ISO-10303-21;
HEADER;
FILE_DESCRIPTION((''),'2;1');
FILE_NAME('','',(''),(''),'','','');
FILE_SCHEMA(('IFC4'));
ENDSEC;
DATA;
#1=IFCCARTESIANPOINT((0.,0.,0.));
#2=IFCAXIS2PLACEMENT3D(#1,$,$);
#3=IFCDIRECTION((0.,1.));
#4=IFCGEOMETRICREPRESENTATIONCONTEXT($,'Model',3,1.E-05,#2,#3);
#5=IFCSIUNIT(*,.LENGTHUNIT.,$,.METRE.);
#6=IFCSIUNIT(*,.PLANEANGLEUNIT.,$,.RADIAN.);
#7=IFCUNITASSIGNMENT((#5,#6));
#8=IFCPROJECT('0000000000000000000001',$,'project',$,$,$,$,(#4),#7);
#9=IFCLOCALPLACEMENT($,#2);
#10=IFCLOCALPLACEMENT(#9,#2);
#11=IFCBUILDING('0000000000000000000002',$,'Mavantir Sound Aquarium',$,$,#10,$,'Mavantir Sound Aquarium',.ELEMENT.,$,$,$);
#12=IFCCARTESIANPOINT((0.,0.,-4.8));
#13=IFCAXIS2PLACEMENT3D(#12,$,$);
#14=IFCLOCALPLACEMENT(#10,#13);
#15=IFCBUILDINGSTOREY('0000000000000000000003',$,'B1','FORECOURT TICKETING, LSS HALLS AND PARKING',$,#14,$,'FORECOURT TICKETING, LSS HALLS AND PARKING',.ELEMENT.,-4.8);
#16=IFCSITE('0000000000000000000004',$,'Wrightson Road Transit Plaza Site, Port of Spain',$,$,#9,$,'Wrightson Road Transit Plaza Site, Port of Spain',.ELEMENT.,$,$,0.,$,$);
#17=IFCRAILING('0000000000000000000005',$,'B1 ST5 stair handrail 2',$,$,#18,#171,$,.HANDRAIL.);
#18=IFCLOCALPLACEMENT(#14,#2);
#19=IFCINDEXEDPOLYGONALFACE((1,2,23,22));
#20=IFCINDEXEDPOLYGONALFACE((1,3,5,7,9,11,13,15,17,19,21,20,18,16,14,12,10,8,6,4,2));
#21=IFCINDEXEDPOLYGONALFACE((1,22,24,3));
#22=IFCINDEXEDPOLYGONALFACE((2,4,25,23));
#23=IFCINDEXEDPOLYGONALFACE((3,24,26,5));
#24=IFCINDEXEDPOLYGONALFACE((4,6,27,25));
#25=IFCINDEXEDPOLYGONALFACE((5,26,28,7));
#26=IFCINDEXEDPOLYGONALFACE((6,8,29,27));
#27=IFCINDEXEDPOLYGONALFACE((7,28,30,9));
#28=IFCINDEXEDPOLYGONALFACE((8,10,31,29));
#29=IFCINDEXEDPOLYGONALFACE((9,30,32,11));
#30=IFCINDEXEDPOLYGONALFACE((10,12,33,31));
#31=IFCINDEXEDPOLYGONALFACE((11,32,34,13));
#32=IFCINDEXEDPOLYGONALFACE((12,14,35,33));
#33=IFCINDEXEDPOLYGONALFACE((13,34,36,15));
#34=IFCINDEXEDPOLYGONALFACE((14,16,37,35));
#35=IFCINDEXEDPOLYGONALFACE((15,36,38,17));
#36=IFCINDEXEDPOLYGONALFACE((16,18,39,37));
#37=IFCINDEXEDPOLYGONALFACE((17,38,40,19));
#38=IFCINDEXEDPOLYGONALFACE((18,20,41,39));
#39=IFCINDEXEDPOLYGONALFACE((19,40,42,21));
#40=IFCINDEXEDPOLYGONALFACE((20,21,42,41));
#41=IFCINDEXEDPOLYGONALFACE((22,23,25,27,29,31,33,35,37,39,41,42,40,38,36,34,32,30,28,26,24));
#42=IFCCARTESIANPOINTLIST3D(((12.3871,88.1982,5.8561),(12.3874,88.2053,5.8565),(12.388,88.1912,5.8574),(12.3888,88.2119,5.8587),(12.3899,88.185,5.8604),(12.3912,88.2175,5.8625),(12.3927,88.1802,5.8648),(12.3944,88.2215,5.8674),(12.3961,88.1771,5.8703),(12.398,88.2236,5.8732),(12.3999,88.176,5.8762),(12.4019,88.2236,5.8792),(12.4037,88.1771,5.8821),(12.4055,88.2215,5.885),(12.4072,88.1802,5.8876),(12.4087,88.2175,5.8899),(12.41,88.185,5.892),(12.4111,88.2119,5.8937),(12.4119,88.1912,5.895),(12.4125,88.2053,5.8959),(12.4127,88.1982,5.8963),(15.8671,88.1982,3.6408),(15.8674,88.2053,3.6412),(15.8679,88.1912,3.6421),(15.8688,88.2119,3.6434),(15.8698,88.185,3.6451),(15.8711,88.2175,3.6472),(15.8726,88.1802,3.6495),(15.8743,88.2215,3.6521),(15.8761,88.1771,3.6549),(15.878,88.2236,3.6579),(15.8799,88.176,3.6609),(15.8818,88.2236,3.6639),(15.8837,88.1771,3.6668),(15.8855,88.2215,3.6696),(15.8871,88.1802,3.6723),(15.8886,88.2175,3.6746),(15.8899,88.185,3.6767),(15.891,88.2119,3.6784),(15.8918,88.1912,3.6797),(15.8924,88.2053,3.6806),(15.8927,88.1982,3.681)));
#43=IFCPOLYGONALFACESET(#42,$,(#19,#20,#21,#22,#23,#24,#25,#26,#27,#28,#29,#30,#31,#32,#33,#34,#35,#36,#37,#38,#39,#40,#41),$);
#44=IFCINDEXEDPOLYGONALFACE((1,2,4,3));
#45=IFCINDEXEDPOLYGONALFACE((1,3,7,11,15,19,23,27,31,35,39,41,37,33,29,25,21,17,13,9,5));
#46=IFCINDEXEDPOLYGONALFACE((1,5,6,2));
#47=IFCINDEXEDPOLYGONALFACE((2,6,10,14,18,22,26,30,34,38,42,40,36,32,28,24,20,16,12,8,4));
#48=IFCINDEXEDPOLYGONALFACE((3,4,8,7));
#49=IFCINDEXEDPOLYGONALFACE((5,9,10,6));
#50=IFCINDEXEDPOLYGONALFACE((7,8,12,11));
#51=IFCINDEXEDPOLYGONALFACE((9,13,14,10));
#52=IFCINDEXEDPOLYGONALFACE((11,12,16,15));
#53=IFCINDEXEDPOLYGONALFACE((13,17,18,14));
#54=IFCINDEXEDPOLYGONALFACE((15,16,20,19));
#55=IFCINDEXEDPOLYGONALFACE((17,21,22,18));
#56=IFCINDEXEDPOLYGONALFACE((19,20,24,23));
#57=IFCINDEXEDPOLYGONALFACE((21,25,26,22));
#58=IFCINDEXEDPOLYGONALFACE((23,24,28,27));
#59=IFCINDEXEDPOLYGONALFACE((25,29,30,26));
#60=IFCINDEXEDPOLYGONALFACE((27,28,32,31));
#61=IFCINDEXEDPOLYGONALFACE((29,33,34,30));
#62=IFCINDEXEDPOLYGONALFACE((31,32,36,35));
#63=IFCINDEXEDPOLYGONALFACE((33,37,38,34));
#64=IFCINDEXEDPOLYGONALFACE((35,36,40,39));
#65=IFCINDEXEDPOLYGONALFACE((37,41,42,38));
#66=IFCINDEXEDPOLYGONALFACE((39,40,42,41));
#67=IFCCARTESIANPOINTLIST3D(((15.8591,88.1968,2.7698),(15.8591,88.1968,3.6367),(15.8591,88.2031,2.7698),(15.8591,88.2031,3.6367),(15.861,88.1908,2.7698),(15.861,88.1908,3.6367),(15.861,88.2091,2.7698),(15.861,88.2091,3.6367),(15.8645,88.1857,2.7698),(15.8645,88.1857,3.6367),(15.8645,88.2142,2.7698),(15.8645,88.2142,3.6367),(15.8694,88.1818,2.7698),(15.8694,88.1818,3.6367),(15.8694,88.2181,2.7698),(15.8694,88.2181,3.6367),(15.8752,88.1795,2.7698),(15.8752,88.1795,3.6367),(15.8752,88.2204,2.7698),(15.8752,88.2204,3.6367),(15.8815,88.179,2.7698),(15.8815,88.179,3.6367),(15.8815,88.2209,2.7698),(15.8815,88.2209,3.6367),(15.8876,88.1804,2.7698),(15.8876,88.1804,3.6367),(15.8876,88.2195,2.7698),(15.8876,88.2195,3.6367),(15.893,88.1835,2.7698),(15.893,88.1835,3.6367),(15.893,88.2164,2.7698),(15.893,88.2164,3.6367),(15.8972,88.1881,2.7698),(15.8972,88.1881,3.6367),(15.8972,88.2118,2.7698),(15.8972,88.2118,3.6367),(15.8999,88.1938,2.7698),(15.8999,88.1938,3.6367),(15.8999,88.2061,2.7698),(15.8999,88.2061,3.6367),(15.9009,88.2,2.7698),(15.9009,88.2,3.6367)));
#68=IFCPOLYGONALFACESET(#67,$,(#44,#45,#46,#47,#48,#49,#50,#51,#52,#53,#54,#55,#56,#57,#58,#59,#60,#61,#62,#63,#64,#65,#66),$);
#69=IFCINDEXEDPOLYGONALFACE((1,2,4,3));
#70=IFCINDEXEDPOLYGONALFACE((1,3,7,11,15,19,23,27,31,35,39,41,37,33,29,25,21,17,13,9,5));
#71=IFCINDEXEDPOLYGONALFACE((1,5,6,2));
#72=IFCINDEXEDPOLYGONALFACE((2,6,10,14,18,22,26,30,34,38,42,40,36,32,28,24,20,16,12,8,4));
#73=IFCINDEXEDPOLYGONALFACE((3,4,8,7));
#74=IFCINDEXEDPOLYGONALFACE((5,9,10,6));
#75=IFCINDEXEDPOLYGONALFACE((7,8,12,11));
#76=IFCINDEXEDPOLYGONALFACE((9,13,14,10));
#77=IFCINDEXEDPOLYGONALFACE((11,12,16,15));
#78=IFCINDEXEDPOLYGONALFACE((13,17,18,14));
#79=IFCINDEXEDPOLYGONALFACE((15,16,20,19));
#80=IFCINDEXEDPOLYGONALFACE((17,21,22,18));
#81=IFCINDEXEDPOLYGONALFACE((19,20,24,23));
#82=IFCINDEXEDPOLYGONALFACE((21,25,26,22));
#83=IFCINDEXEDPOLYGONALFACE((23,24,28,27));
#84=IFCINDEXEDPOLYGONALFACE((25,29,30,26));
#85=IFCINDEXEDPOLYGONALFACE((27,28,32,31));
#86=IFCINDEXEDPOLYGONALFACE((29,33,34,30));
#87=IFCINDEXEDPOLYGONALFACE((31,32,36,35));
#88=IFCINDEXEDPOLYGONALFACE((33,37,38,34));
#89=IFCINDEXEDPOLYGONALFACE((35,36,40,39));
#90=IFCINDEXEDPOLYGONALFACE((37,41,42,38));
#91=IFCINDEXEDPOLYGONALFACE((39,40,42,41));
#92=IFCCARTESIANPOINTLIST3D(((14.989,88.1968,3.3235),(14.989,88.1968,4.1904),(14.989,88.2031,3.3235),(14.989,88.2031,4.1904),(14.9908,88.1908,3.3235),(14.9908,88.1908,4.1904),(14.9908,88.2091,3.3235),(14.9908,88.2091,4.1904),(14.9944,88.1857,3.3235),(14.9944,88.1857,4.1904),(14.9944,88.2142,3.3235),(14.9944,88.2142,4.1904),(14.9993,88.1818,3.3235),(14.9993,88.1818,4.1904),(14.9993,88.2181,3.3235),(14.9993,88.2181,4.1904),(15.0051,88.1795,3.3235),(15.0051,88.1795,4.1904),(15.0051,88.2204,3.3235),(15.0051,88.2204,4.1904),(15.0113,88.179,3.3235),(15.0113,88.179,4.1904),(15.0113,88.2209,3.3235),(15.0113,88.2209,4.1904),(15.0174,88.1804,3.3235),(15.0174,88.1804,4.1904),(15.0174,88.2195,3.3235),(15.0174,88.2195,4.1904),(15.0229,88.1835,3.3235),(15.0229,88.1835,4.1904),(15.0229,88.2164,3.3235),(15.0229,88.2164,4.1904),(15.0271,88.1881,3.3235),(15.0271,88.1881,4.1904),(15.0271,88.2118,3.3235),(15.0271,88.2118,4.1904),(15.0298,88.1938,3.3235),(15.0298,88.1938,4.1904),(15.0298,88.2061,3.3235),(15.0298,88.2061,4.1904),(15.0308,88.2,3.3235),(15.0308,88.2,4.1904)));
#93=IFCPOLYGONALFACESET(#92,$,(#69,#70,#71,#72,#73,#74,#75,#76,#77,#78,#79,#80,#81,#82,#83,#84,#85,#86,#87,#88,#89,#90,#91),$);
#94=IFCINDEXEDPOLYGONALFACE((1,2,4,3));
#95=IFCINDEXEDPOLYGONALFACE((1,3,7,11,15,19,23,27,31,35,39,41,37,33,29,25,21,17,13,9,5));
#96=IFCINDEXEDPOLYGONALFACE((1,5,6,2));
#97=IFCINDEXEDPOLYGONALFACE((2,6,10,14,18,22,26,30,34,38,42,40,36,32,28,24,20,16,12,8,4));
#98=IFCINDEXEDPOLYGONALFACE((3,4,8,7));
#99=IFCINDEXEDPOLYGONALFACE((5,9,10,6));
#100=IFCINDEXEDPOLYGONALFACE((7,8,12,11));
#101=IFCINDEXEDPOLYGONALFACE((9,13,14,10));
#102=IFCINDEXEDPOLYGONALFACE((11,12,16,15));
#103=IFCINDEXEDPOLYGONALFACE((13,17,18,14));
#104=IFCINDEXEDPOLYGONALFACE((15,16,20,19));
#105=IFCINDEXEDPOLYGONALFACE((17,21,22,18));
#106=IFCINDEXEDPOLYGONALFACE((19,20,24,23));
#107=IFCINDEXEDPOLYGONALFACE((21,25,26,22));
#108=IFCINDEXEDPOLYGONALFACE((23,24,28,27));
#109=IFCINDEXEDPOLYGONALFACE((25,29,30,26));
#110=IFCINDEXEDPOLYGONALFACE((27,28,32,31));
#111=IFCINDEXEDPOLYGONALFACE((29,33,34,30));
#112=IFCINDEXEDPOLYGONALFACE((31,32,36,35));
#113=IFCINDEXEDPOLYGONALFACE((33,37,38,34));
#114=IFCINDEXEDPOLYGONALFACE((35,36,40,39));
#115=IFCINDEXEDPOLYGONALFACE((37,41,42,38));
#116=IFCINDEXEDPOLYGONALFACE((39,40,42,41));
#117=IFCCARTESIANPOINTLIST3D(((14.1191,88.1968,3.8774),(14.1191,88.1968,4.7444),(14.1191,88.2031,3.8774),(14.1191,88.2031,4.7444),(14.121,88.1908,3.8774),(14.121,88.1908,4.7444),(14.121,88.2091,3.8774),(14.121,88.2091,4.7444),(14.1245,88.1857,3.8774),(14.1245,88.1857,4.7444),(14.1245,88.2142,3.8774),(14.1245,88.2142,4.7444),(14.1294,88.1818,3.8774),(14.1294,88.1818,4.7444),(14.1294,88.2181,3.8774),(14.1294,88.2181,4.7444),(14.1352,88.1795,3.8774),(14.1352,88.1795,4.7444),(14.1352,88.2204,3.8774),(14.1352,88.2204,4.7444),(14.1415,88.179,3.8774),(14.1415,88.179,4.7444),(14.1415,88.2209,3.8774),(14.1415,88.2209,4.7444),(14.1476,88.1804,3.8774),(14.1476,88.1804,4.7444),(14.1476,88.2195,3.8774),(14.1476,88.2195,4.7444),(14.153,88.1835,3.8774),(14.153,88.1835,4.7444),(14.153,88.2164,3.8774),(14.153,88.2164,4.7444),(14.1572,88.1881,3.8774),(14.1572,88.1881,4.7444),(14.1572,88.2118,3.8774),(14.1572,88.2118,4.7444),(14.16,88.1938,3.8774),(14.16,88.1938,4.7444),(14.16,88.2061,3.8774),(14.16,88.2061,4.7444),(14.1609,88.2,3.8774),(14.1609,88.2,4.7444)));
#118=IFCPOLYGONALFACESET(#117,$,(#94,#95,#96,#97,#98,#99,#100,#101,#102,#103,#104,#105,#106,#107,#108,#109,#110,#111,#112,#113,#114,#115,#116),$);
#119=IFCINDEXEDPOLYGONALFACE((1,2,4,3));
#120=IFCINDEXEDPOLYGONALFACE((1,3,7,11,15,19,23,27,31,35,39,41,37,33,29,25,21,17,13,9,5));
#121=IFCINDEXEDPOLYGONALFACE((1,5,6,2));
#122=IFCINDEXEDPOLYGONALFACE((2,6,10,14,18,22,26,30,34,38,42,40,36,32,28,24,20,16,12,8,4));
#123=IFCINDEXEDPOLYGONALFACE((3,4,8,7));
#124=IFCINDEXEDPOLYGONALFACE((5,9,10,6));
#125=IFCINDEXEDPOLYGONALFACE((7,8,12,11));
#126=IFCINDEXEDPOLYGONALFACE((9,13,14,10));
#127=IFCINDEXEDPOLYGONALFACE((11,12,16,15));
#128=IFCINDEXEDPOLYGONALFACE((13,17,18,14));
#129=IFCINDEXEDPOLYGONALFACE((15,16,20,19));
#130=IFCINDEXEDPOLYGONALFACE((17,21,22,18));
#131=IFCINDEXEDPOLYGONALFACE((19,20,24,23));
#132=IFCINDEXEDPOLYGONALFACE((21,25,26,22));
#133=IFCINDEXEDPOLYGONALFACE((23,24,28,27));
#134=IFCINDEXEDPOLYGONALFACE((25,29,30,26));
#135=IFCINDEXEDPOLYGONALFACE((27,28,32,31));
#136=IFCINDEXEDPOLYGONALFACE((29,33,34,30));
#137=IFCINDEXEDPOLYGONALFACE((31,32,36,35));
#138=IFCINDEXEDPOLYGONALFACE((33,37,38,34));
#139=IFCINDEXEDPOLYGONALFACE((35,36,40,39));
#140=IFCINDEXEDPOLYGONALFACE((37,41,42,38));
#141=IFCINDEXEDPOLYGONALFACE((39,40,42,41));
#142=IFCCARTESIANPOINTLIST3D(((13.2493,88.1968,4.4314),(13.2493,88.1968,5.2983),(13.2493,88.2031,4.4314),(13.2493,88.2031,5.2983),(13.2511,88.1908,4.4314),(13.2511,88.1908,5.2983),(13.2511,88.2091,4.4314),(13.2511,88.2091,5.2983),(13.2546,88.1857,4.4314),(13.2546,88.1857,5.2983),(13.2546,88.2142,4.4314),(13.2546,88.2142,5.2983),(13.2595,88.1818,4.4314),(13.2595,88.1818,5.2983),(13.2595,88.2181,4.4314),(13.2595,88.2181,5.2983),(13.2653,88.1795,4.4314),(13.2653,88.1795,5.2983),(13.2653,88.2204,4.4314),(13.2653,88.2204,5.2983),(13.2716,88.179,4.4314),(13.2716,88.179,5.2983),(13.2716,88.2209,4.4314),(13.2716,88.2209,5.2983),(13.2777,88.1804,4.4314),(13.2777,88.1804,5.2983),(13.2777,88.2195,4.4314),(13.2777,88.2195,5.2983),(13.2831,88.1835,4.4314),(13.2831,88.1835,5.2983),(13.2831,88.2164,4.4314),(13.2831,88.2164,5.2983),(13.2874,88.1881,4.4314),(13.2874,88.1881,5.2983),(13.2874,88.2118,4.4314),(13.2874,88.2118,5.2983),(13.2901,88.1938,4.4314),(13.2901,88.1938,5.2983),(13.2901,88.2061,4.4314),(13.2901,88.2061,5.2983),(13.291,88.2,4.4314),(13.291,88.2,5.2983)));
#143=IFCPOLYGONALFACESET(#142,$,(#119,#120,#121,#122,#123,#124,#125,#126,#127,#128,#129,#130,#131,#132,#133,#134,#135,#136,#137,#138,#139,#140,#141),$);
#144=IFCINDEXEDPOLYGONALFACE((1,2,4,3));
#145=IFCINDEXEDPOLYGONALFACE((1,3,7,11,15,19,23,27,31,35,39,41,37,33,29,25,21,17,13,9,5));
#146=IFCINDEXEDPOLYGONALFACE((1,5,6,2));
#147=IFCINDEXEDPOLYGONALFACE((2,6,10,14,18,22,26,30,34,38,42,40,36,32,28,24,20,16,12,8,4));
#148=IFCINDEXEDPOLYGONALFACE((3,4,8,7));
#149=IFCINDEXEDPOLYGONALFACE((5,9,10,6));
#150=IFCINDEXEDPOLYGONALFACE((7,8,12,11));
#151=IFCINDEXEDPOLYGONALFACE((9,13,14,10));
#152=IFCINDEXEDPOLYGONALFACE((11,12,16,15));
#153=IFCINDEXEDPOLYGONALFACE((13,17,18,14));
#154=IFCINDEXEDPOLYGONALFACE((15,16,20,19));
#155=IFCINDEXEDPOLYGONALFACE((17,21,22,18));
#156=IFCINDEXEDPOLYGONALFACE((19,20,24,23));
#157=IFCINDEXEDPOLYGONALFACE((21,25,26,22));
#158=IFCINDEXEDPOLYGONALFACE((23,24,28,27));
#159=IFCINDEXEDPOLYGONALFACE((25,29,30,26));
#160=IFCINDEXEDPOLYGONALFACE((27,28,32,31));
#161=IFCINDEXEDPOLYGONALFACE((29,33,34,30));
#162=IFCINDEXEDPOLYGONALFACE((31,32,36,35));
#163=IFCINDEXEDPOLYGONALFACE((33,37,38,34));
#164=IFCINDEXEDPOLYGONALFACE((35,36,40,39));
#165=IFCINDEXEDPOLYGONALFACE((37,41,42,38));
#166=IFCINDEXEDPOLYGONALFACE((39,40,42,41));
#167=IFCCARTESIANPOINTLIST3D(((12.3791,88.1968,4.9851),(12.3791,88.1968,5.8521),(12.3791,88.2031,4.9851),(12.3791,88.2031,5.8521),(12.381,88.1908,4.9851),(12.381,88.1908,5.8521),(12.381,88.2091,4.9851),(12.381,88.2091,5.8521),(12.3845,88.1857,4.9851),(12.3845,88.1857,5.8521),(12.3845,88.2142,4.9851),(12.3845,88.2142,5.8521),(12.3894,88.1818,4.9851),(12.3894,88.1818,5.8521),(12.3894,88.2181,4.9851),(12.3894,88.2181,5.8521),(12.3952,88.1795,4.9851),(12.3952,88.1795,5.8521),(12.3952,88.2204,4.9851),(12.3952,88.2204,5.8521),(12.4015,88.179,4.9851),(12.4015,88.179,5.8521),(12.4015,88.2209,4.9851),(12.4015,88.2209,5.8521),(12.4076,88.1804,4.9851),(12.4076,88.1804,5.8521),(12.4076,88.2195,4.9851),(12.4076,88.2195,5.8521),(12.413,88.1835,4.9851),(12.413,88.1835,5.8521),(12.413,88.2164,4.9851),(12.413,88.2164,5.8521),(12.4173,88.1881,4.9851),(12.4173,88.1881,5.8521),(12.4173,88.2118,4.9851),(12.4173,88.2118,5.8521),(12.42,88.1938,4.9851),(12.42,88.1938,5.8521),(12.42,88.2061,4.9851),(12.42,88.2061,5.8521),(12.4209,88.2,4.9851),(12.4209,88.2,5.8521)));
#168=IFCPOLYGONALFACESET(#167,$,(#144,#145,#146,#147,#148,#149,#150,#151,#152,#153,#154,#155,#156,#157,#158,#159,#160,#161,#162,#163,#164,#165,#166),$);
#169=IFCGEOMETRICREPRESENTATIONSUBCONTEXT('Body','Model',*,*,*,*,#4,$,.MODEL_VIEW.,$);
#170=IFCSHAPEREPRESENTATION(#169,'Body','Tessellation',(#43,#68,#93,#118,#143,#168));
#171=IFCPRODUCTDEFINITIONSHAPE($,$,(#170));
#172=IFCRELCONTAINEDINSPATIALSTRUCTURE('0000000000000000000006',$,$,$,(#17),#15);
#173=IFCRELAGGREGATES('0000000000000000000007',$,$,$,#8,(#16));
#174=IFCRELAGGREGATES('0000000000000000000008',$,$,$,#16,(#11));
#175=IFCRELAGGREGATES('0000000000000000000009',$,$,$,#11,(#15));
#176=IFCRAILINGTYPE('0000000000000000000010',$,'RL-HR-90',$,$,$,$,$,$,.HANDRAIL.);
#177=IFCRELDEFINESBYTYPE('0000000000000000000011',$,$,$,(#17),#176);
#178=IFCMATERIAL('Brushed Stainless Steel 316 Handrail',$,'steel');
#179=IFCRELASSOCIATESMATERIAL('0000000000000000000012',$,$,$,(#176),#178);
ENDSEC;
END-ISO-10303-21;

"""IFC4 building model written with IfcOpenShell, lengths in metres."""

from ifc_helpers import new_model, si_unit, direction, frame, origin, origin_2d, place, context, subcontext, project, spatial, circle, extrude, material, type_object, element, save


model = new_model("IFC4")

# Units and contexts
model_context = context("Model", 3, precision=1e-05, world=origin(), true_north=direction((0.0, 1.0)))
body_context = subcontext(model_context, "Body", "Model", "MODEL_VIEW")
ifc_project = project(units=[si_unit("LENGTHUNIT", "METRE"), si_unit("PLANEANGLEUNIT", "RADIAN")], contexts=[model_context])

# Site, building, storey
site_placement = place(None, origin())
site = spatial("IfcSite", under=ifc_project, at=site_placement, Name="Wrightson Road Transit Plaza Site, Port of Spain", LongName="Wrightson Road Transit Plaza Site, Port of Spain", CompositionType="ELEMENT", RefElevation=0.0)
building_placement = place(site_placement, origin())
building = spatial("IfcBuilding", under=site, at=building_placement, Name="Mavantir Sound Aquarium", LongName="Mavantir Sound Aquarium", CompositionType="ELEMENT")
storey_placement = place(building_placement, frame((0.0, 0.0, -4.8)))
storey = spatial("IfcBuildingStorey", under=building, at=storey_placement, Name="B1", Description="FORECOURT TICKETING, LSS HALLS AND PARKING", LongName="FORECOURT TICKETING, LSS HALLS AND PARKING", CompositionType="ELEMENT", Elevation=-4.8)

# Railing
ifc_material_1 = material(Name="Brushed Stainless Steel 316 Handrail", Category="steel")
railing_type_1 = type_object("IfcRailingType", Name="RL-HR-90", PredefinedType="HANDRAIL", material=ifc_material_1)
railing_1_placement = place(storey_placement, frame((15.8799, 88.2, 2.7698)))
element("IfcRailing", 1, at=railing_1_placement, inside=storey, type_object=railing_type_1, Name="B1 ST5 stair handrail 2", PredefinedType="HANDRAIL", context=body_context, shape_type="SweptSolid", body=[
    extrude(circle(Radius=0.0239, at=origin_2d()), frame((0.0, 0.0, 0.8911), z_axis=(-0.843574, 0.0, 0.537013), x_axis=(0.0, -1.0, 0.0)), (0.0, 0.0, 1.0), 4.1252),
    extrude(circle(Radius=0.021, at=origin_2d()), origin(), (0.0, 0.0, 1.0), 0.8669),
    extrude(circle(Radius=0.021, at=origin_2d()), frame((-0.8701, 0.0, 0.5537)), (0.0, 0.0, 1.0), 0.8669),
    extrude(circle(Radius=0.021, at=origin_2d()), frame((-1.74, 0.0, 1.1077)), (0.0, 0.0, 1.0), 0.8669),
    extrude(circle(Radius=0.021, at=origin_2d()), frame((-2.6099, 0.0, 1.6616)), (0.0, 0.0, 1.0), 0.8669),
    extrude(circle(Radius=0.021, at=origin_2d()), frame((-3.48, 0.0, 2.2153)), (0.0, 0.0, 1.0), 0.8669),
])

save(model, "model.ifc")
